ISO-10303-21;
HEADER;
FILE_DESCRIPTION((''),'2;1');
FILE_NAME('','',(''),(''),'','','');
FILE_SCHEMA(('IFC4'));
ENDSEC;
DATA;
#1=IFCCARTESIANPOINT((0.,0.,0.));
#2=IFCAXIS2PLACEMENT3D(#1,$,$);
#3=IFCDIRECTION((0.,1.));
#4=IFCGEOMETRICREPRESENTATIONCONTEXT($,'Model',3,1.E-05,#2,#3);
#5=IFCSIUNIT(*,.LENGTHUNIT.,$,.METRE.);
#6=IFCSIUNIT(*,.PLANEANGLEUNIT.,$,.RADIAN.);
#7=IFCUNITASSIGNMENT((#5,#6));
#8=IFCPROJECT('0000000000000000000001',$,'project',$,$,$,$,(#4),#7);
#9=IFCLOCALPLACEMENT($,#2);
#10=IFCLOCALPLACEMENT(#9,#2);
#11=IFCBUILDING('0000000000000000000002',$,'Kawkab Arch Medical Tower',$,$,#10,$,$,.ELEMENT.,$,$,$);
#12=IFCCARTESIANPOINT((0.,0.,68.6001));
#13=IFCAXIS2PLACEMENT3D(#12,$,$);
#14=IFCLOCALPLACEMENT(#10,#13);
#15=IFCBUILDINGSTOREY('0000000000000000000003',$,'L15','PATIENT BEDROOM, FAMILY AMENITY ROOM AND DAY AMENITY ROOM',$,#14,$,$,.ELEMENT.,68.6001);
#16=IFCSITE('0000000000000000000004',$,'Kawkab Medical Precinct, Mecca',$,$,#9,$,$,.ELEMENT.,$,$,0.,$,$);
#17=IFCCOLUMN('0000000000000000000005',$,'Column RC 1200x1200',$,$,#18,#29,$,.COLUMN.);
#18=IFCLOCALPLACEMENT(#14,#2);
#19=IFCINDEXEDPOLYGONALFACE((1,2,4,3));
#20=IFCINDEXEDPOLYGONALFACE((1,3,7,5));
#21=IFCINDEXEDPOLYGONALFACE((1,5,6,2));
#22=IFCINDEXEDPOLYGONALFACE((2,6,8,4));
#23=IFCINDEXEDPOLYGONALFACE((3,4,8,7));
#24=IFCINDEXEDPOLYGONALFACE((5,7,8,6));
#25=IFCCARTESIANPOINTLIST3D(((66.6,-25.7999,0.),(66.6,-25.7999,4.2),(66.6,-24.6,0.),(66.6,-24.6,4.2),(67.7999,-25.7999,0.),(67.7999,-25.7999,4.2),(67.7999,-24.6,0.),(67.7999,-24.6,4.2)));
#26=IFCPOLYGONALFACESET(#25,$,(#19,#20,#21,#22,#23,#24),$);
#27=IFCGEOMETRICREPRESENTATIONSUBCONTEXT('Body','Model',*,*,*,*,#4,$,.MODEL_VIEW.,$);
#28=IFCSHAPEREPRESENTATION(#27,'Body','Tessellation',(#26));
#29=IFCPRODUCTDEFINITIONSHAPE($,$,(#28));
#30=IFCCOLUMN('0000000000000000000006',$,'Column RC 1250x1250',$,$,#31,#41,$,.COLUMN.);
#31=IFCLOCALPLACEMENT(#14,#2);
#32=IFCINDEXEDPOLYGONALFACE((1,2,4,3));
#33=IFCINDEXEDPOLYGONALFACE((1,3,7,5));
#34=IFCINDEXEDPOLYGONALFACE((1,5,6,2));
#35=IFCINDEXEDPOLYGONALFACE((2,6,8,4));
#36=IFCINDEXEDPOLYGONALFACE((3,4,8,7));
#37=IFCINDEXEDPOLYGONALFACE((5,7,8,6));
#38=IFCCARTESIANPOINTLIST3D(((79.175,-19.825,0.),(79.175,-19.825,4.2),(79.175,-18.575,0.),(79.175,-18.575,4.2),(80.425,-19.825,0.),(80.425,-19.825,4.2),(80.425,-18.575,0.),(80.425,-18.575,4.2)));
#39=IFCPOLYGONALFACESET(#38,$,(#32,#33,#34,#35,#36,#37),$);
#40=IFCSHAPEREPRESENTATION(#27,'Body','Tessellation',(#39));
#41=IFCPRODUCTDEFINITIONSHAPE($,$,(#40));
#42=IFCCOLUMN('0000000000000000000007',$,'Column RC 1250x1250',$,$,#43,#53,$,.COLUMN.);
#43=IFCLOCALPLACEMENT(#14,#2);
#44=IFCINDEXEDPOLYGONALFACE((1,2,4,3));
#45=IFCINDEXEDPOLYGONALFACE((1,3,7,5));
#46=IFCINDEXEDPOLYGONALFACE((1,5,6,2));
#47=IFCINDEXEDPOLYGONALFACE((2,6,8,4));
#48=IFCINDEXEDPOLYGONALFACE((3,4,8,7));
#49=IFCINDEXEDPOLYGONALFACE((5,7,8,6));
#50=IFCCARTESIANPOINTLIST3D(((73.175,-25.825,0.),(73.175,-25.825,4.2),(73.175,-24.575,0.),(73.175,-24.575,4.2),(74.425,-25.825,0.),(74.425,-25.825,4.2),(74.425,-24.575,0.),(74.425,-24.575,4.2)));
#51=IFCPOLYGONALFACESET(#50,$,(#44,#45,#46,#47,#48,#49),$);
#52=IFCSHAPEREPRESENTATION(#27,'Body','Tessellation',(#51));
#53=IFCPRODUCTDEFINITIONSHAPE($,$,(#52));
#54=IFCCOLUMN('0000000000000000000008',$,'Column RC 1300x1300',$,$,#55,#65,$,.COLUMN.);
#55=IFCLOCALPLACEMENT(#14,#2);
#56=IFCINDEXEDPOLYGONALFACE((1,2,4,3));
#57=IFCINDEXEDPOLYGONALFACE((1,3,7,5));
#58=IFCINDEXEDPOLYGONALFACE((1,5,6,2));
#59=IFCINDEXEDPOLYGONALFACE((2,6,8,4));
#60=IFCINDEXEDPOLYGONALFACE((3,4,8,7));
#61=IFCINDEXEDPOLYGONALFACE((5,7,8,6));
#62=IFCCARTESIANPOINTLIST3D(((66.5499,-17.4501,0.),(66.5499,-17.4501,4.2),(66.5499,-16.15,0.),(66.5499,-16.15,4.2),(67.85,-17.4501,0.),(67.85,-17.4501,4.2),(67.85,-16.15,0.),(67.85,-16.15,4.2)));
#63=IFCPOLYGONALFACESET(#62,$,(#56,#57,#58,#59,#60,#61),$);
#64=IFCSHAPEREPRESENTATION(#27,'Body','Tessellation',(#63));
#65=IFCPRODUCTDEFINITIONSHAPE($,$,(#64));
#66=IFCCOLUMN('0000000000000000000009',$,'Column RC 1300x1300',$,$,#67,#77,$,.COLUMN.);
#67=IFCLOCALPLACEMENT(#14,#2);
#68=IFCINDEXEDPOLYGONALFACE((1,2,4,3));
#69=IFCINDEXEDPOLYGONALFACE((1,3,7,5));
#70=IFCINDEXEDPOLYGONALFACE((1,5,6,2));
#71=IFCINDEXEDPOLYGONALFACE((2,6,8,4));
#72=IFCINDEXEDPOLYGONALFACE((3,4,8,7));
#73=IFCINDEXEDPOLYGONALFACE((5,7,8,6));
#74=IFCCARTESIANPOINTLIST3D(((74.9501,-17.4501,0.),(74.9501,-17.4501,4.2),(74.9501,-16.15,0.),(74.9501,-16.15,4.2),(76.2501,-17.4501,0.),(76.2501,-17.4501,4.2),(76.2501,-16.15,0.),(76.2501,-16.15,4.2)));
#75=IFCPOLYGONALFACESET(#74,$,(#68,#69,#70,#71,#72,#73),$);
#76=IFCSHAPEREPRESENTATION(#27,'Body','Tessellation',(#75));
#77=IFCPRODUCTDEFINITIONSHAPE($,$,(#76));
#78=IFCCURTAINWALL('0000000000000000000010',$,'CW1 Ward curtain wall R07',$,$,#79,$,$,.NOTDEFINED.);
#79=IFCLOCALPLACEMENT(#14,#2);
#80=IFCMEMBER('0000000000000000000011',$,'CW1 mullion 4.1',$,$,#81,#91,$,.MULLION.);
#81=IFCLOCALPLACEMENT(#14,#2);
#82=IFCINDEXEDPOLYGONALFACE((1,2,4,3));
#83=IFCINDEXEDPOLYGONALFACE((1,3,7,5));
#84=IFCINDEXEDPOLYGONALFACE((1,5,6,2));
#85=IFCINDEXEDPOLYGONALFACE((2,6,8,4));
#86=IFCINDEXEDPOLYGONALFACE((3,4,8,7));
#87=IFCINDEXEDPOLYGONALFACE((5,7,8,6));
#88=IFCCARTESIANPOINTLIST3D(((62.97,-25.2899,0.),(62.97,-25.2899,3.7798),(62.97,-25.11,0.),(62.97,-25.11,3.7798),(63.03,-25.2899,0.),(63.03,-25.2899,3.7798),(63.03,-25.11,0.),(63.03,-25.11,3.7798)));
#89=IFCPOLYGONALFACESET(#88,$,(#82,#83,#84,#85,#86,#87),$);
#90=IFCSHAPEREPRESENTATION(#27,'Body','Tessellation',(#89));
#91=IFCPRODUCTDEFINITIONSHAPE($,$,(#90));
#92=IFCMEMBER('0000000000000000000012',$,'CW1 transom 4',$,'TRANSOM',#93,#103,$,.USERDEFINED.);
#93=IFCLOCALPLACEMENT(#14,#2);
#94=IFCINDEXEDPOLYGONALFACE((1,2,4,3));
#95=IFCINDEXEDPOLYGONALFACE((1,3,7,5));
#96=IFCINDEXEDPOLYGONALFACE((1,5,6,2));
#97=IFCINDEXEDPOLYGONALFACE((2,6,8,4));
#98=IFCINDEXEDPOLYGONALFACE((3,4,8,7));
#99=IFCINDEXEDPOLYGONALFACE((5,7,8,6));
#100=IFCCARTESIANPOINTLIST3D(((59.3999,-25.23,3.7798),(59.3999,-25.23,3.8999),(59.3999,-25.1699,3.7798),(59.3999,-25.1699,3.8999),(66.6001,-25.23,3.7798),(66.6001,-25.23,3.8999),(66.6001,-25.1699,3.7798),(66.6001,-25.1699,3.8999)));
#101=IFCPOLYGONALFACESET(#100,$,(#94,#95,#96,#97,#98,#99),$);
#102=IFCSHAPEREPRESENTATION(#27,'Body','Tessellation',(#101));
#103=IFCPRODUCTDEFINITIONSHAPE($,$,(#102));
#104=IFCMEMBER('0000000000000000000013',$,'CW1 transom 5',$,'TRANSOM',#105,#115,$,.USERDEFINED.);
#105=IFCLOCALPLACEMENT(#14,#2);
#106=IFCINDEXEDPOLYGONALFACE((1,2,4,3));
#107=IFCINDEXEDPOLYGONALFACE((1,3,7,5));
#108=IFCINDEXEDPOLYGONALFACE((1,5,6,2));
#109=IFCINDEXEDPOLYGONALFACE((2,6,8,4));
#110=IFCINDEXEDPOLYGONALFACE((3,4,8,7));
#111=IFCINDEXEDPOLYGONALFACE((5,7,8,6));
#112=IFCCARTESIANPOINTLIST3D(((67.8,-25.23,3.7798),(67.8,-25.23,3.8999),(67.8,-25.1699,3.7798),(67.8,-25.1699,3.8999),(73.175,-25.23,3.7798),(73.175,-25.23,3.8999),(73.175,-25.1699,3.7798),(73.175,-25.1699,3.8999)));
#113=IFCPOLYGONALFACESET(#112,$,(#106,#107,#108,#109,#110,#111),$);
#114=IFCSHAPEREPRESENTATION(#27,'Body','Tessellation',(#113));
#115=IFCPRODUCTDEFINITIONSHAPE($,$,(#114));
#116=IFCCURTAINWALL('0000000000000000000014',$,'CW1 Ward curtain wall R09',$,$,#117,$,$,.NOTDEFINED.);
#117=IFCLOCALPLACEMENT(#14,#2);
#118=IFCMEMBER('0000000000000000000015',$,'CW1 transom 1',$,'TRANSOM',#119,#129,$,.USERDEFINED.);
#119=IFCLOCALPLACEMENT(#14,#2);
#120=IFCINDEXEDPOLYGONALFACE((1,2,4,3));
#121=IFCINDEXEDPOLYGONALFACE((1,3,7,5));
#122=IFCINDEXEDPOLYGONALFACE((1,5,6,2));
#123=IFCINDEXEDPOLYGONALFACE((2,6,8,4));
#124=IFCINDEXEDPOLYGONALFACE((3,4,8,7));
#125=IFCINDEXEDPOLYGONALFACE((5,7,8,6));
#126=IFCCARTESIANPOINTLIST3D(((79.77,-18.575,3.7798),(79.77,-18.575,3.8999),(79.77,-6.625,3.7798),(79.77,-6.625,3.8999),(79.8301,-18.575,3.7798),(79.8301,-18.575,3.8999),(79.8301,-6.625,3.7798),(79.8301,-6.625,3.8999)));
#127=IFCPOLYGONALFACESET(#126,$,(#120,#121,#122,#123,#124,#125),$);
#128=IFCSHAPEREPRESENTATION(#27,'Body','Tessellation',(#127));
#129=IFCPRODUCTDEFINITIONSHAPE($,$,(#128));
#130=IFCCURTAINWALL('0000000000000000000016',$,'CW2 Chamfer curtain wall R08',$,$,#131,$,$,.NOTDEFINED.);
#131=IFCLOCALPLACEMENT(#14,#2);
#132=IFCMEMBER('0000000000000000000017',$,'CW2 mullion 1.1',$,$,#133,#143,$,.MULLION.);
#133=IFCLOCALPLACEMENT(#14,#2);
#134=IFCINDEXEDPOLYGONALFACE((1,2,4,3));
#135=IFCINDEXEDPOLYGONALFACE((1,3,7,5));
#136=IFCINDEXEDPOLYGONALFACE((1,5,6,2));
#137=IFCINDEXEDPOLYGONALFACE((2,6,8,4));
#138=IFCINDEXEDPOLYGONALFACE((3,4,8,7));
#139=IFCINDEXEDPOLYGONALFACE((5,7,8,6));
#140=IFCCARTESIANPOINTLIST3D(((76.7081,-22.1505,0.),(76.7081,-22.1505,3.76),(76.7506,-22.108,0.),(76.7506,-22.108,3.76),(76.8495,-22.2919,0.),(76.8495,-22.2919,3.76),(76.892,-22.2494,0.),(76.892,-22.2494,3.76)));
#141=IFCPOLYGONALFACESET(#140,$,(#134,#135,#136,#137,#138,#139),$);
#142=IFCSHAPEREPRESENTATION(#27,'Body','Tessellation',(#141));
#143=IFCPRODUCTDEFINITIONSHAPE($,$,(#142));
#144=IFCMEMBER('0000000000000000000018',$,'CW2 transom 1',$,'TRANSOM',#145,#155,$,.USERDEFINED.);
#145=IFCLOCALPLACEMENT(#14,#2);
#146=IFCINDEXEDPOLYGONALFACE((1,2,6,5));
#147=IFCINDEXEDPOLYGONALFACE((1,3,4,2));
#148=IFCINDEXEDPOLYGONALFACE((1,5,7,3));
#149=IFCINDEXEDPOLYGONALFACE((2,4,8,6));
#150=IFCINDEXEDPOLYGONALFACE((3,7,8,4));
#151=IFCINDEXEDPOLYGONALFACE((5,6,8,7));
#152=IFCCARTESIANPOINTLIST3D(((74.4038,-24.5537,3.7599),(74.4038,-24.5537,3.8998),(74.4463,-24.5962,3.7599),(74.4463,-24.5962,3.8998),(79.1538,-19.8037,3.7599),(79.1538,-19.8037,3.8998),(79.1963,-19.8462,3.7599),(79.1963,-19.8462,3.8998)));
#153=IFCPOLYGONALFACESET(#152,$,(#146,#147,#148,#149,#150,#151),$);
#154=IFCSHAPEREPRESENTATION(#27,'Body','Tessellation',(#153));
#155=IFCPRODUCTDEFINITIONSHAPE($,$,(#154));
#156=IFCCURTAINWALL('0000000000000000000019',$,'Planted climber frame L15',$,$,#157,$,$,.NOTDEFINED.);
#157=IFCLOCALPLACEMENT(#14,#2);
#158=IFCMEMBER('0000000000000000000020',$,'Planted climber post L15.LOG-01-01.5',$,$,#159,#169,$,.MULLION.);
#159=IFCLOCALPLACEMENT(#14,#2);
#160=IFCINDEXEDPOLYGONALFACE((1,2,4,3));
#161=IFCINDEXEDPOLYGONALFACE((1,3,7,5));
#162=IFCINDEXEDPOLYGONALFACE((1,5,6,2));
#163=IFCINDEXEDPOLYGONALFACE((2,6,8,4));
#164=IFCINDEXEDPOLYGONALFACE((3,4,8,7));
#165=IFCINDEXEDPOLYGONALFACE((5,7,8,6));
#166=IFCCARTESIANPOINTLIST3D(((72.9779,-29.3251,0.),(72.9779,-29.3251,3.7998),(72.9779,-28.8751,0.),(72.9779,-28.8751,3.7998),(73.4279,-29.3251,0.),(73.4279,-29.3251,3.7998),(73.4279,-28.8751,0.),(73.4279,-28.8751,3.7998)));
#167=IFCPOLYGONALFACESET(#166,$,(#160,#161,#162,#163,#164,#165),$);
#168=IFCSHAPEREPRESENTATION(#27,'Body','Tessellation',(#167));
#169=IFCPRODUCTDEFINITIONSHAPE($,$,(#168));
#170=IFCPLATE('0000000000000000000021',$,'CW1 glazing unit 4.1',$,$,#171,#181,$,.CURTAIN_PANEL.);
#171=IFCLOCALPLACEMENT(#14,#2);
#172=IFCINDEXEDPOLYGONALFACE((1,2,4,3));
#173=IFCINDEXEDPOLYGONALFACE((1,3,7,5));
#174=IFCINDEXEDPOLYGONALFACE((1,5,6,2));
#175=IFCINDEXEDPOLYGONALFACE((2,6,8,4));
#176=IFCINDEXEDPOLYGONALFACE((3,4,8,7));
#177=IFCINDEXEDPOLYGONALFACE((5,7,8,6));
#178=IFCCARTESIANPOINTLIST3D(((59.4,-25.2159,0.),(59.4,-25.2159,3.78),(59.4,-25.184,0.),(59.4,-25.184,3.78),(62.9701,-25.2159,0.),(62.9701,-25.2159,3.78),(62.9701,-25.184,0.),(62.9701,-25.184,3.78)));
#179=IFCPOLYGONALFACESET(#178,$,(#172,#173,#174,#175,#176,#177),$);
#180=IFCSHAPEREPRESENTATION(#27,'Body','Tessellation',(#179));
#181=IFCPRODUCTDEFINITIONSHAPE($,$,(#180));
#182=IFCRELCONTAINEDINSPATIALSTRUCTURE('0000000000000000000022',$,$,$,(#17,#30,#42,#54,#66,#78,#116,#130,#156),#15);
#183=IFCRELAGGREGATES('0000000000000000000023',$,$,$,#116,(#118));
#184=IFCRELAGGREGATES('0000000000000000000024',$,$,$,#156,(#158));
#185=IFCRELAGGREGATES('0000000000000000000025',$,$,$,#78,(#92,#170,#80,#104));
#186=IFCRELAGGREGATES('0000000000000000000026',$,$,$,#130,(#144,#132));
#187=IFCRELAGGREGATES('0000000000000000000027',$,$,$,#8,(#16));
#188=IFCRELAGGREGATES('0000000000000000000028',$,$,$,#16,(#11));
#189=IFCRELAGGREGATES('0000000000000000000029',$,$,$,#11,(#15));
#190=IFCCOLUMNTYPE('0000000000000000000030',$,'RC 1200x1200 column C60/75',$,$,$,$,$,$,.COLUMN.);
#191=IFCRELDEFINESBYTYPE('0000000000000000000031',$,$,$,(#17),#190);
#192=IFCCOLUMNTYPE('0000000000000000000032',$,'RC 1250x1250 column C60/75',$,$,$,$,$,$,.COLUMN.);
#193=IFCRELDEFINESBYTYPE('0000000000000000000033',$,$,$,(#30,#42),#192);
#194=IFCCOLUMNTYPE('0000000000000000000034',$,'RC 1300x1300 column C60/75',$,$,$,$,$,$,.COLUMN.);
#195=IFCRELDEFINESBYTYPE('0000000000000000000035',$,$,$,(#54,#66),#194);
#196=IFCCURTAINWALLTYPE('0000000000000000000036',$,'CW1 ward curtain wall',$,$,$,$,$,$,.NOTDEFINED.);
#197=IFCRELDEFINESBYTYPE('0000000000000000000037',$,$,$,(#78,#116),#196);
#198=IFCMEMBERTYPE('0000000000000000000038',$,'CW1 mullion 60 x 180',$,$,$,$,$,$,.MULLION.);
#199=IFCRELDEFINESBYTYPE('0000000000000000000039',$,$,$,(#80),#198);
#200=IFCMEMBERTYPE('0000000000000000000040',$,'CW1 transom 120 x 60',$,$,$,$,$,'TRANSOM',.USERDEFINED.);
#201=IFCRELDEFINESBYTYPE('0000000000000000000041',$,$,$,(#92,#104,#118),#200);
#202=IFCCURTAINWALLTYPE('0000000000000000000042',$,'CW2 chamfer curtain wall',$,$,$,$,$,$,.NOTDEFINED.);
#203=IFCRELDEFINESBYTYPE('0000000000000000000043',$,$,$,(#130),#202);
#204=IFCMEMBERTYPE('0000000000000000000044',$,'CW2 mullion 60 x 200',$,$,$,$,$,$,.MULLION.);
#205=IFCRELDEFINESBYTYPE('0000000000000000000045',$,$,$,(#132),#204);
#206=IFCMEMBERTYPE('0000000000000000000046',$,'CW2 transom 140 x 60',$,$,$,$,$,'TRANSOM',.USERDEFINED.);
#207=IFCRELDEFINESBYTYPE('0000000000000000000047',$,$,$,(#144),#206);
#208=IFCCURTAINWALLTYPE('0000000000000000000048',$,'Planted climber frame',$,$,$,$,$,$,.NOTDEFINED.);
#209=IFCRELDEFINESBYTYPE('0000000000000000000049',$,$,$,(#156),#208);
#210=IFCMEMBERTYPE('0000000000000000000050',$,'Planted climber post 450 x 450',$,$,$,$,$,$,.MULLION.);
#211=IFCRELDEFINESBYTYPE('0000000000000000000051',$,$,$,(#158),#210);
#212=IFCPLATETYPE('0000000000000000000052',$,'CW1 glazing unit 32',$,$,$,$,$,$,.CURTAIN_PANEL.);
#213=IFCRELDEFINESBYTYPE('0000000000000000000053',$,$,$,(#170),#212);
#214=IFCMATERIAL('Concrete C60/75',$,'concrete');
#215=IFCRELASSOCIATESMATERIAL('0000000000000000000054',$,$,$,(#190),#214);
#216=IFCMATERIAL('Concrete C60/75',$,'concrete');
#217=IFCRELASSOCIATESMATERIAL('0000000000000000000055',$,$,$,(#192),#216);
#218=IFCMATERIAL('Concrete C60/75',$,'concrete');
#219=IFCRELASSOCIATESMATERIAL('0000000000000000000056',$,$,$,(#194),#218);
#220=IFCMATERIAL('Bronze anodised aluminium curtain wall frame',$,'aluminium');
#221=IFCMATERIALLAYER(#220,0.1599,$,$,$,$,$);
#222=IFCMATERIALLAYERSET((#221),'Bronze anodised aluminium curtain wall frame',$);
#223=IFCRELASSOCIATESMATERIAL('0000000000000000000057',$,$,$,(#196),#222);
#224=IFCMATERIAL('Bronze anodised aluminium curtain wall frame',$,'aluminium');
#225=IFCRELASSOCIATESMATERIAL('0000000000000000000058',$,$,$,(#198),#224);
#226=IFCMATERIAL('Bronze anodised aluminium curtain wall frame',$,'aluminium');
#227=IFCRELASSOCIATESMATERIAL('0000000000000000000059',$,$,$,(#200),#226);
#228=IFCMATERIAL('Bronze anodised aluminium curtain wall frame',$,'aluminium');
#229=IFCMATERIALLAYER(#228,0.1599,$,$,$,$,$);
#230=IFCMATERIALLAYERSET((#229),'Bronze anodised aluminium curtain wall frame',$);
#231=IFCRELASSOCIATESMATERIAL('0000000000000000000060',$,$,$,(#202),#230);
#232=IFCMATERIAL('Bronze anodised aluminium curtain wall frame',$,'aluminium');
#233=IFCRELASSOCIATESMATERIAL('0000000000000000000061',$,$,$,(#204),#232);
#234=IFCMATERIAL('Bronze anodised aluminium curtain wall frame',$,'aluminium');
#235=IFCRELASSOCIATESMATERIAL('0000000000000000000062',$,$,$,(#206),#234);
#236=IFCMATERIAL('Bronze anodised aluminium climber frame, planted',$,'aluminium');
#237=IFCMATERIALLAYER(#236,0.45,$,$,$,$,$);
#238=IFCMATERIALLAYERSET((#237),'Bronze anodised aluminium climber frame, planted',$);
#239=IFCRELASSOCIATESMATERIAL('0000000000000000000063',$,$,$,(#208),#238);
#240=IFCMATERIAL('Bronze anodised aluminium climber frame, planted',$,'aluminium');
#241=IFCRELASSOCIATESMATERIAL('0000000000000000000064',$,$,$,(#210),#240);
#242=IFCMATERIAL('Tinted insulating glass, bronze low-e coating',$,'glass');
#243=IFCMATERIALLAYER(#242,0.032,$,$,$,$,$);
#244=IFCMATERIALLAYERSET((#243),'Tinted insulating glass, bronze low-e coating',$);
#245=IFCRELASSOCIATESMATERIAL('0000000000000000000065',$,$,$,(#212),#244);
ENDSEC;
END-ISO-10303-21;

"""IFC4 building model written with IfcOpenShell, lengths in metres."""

from ifc_helpers import new_model, si_unit, direction, frame, origin, origin_2d, place, context, subcontext, project, spatial, rectangle, extrude, material, layer, layer_set, material_profile, profile_set, type_object, element, aggregate, save


model = new_model("IFC4")

# Units and contexts
model_context = context("Model", 3, precision=1e-05, world=origin(), true_north=direction((0.0, 1.0)))
body_context = subcontext(model_context, "Body", "Model", "MODEL_VIEW")
ifc_project = project(units=[si_unit("LENGTHUNIT", "METRE"), si_unit("PLANEANGLEUNIT", "RADIAN")], contexts=[model_context])

# Site, building, storey
site_placement = place(None, origin())
site = spatial("IfcSite", under=ifc_project, at=site_placement, Name="Kawkab Medical Precinct, Mecca", CompositionType="ELEMENT", RefElevation=0.0)
building_placement = place(site_placement, origin())
building = spatial("IfcBuilding", under=site, at=building_placement, Name="Kawkab Arch Medical Tower", CompositionType="ELEMENT")
storey_placement = place(building_placement, frame((0.0, 0.0, 68.6001)))
storey = spatial("IfcBuildingStorey", under=building, at=storey_placement, Name="L15", Description="PATIENT BEDROOM, FAMILY AMENITY ROOM AND DAY AMENITY ROOM", CompositionType="ELEMENT", Elevation=68.6001)

# Columns
ifc_material_1 = material(Name="Concrete C60/75", Category="concrete")
ifc_material_profile_1 = material_profile(ifc_material_1, rectangle(XDim=1.2, YDim=1.2, at=origin_2d()), Name="RC 1200x1200")
ifc_profile_set_1 = profile_set([ifc_material_profile_1], Name="Concrete C60/75")
column_type_1 = type_object("IfcColumnType", Name="RC 1200x1200 column C60/75", PredefinedType="COLUMN", material=ifc_profile_set_1)
column_placement = place(storey_placement, frame((67.2, -25.2, 0.0), z_axis=(0.0, 0.0, 1.0), x_axis=(1.0, 0.0, 0.0)))
element("IfcColumn", 1, at=column_placement, inside=storey, type_object=column_type_1, Name="Column RC 1200x1200", PredefinedType="COLUMN", context=body_context, shape_type="SweptSolid", body=[
    extrude(rectangle(XDim=1.2, YDim=1.2, at=origin_2d()), origin(), (0.0, 0.0, 1.0), 4.2),
])
ifc_material_2 = material(Name="Concrete C60/75", Category="concrete")
ifc_material_profile_2 = material_profile(ifc_material_2, rectangle(XDim=1.25, YDim=1.25, at=origin_2d()), Name="RC 1250x1250")
ifc_profile_set_2 = profile_set([ifc_material_profile_2], Name="Concrete C60/75")
column_type_2 = type_object("IfcColumnType", Name="RC 1250x1250 column C60/75", PredefinedType="COLUMN", material=ifc_profile_set_2)
for number, where, z_axis, x_axis, name in (
    (2, (79.8, -19.2, 0.0), (0.0, 0.0, 1.0), (1.0, 0.0, 0.0), "Column RC 1250x1250"),
    (3, (73.8, -25.2, 0.0), (0.0, 0.0, 1.0), (1.0, 0.0, 0.0), "Column RC 1250x1250"),
):
    element("IfcColumn", number, at=place(storey_placement, frame(where, z_axis=z_axis, x_axis=x_axis)), inside=storey, type_object=column_type_2, Name=name, PredefinedType="COLUMN", context=body_context, shape_type="SweptSolid", body=[
        extrude(rectangle(XDim=1.25, YDim=1.25, at=origin_2d()), origin(), (0.0, 0.0, 1.0), 4.2),
    ])
ifc_material_3 = material(Name="Concrete C60/75", Category="concrete")
ifc_material_profile_3 = material_profile(ifc_material_3, rectangle(XDim=1.3, YDim=1.3, at=origin_2d()), Name="RC 1300x1300")
ifc_profile_set_3 = profile_set([ifc_material_profile_3], Name="Concrete C60/75")
column_type_3 = type_object("IfcColumnType", Name="RC 1300x1300 column C60/75", PredefinedType="COLUMN", material=ifc_profile_set_3)
for number, where, z_axis, x_axis, name in (
    (4, (67.2, -16.8, 0.0), (0.0, 0.0, 1.0), (1.0, 0.0, 0.0), "Column RC 1300x1300"),
    (5, (75.6001, -16.8, 0.0), (0.0, 0.0, 1.0), (1.0, 0.0, 0.0), "Column RC 1300x1300"),
):
    element("IfcColumn", number, at=place(storey_placement, frame(where, z_axis=z_axis, x_axis=x_axis)), inside=storey, type_object=column_type_3, Name=name, PredefinedType="COLUMN", context=body_context, shape_type="SweptSolid", body=[
        extrude(rectangle(XDim=1.3, YDim=1.3, at=origin_2d()), origin(), (0.0, 0.0, 1.0), 4.2),
    ])

# Curtain wall, members
ifc_material_4 = material(Name="Bronze anodised aluminium curtain wall frame", Category="aluminium")
ifc_layer_1 = layer(ifc_material_4, 0.1599)
ifc_layer_set_1 = layer_set([ifc_layer_1], Name="Bronze anodised aluminium curtain wall frame")
curtain_wall_type_1 = type_object("IfcCurtainWallType", Name="CW1 ward curtain wall", PredefinedType="NOTDEFINED", material=ifc_layer_set_1)
placement = place(storey_placement, origin())
curtain_wall_1 = element("IfcCurtainWall", 6, at=placement, inside=storey, type_object=curtain_wall_type_1, Name="CW1 Ward curtain wall R07", PredefinedType="NOTDEFINED")
ifc_material_5 = material(Name="Bronze anodised aluminium curtain wall frame", Category="aluminium")
ifc_material_profile_4 = material_profile(ifc_material_5, rectangle(XDim=0.1799, YDim=0.0601, at=origin_2d()), Name="AL 60x180")
ifc_profile_set_4 = profile_set([ifc_material_profile_4], Name="Bronze anodised aluminium curtain wall frame")
member_type_1 = type_object("IfcMemberType", Name="CW1 mullion 60 x 180", PredefinedType="MULLION", material=ifc_profile_set_4)
member_1_placement = place(storey_placement, frame((63.0, -25.2, 0.0), z_axis=(0.0, 0.0, 1.0), x_axis=(0.0, 1.0, 0.0)))
member_1 = element("IfcMember", 7, at=member_1_placement, type_object=member_type_1, Name="CW1 mullion 4.1", PredefinedType="MULLION", context=body_context, shape_type="SweptSolid", body=[
    extrude(rectangle(XDim=0.1799, YDim=0.0601, at=origin_2d()), origin(), (0.0, 0.0, 1.0), 3.7798),
])
ifc_material_6 = material(Name="Bronze anodised aluminium curtain wall frame", Category="aluminium")
ifc_material_profile_5 = material_profile(ifc_material_6, rectangle(XDim=0.0601, YDim=0.1201, at=origin_2d()), Name="AL 60x120")
ifc_profile_set_5 = profile_set([ifc_material_profile_5], Name="Bronze anodised aluminium curtain wall frame")
member_type_2 = type_object("IfcMemberType", Name="CW1 transom 120 x 60", ElementType="TRANSOM", PredefinedType="USERDEFINED", material=ifc_profile_set_5)
member_2_placement = place(storey_placement, frame((59.3999, -25.2, 3.8398), z_axis=(1.0, 0.0, 0.0), x_axis=(0.0, 1.0, 0.0)))
member_2 = element("IfcMember", 8, at=member_2_placement, type_object=member_type_2, Name="CW1 transom 4", ObjectType="TRANSOM", PredefinedType="USERDEFINED", context=body_context, shape_type="SweptSolid", body=[
    extrude(rectangle(XDim=0.0601, YDim=0.1201, at=origin_2d()), origin(), (0.0, 0.0, 1.0), 7.2002),
])
member_3_placement = place(storey_placement, frame((67.8, -25.2, 3.8398), z_axis=(1.0, 0.0, 0.0), x_axis=(0.0, 1.0, 0.0)))
member_3 = element("IfcMember", 9, at=member_3_placement, type_object=member_type_2, Name="CW1 transom 5", ObjectType="TRANSOM", PredefinedType="USERDEFINED", context=body_context, shape_type="SweptSolid", body=[
    extrude(rectangle(XDim=0.0601, YDim=0.1201, at=origin_2d()), origin(), (0.0, 0.0, 1.0), 5.375),
])

# Curtain wall, member
curtain_wall_2 = element("IfcCurtainWall", 10, at=placement, inside=storey, type_object=curtain_wall_type_1, Name="CW1 Ward curtain wall R09", PredefinedType="NOTDEFINED")
member_4_placement = place(storey_placement, frame((79.8, -18.575, 3.8398), z_axis=(0.0, 1.0, 0.0), x_axis=(-1.0, 0.0, 0.0)))
member_4 = element("IfcMember", 11, at=member_4_placement, type_object=member_type_2, Name="CW1 transom 1", ObjectType="TRANSOM", PredefinedType="USERDEFINED", context=body_context, shape_type="SweptSolid", body=[
    extrude(rectangle(XDim=0.0601, YDim=0.1201, at=origin_2d()), origin(), (0.0, 0.0, 1.0), 11.95),
])
aggregate(curtain_wall_2, [member_4])

# Curtain wall, members
ifc_material_7 = material(Name="Bronze anodised aluminium curtain wall frame", Category="aluminium")
ifc_layer_2 = layer(ifc_material_7, 0.1599)
ifc_layer_set_2 = layer_set([ifc_layer_2], Name="Bronze anodised aluminium curtain wall frame")
curtain_wall_type_2 = type_object("IfcCurtainWallType", Name="CW2 chamfer curtain wall", PredefinedType="NOTDEFINED", material=ifc_layer_set_2)
curtain_wall_3 = element("IfcCurtainWall", 12, at=placement, inside=storey, type_object=curtain_wall_type_2, Name="CW2 Chamfer curtain wall R08", PredefinedType="NOTDEFINED")
ifc_material_8 = material(Name="Bronze anodised aluminium curtain wall frame", Category="aluminium")
ifc_material_profile_6 = material_profile(ifc_material_8, rectangle(XDim=0.2, YDim=0.0601, at=origin_2d()), Name="AL 60x200")
ifc_profile_set_6 = profile_set([ifc_material_profile_6], Name="Bronze anodised aluminium curtain wall frame")
member_type_3 = type_object("IfcMemberType", Name="CW2 mullion 60 x 200", PredefinedType="MULLION", material=ifc_profile_set_6)
member_5_placement = place(storey_placement, frame((76.8, -22.2, 0.0), z_axis=(0.0, 0.0, 1.0), x_axis=(-0.707107, 0.707107, 0.0)))
member_5 = element("IfcMember", 13, at=member_5_placement, type_object=member_type_3, Name="CW2 mullion 1.1", PredefinedType="MULLION", context=body_context, shape_type="SweptSolid", body=[
    extrude(rectangle(XDim=0.2, YDim=0.0601, at=origin_2d()), origin(), (0.0, 0.0, 1.0), 3.76),
])
ifc_material_9 = material(Name="Bronze anodised aluminium curtain wall frame", Category="aluminium")
ifc_material_profile_7 = material_profile(ifc_material_9, rectangle(XDim=0.0601, YDim=0.1399, at=origin_2d()), Name="AL 60x140")
ifc_profile_set_7 = profile_set([ifc_material_profile_7], Name="Bronze anodised aluminium curtain wall frame")
member_type_4 = type_object("IfcMemberType", Name="CW2 transom 140 x 60", ElementType="TRANSOM", PredefinedType="USERDEFINED", material=ifc_profile_set_7)
member_6_placement = place(storey_placement, frame((74.425, -24.575, 3.8298), z_axis=(0.707107, 0.707107, 0.0), x_axis=(-0.707107, 0.707107, 0.0)))
member_6 = element("IfcMember", 14, at=member_6_placement, type_object=member_type_4, Name="CW2 transom 1", ObjectType="TRANSOM", PredefinedType="USERDEFINED", context=body_context, shape_type="SweptSolid", body=[
    extrude(rectangle(XDim=0.0601, YDim=0.1399, at=origin_2d()), origin(), (0.0, 0.0, 1.0), 6.7175),
])

# Curtain wall, member
ifc_material_10 = material(Name="Bronze anodised aluminium climber frame, planted", Category="aluminium")
ifc_layer_3 = layer(ifc_material_10, 0.45)
ifc_layer_set_3 = layer_set([ifc_layer_3], Name="Bronze anodised aluminium climber frame, planted")
curtain_wall_type_3 = type_object("IfcCurtainWallType", Name="Planted climber frame", PredefinedType="NOTDEFINED", material=ifc_layer_set_3)
curtain_wall_4 = element("IfcCurtainWall", 15, at=placement, inside=storey, type_object=curtain_wall_type_3, Name="Planted climber frame L15", PredefinedType="NOTDEFINED")
ifc_material_11 = material(Name="Bronze anodised aluminium climber frame, planted", Category="aluminium")
ifc_material_profile_8 = material_profile(ifc_material_11, rectangle(XDim=0.45, YDim=0.45, at=origin_2d()), Name="Post 450x450")
ifc_profile_set_8 = profile_set([ifc_material_profile_8], Name="Bronze anodised aluminium climber frame, planted")
member_type_5 = type_object("IfcMemberType", Name="Planted climber post 450 x 450", PredefinedType="MULLION", material=ifc_profile_set_8)
member_7_placement = place(storey_placement, frame((73.2029, -29.1001, 0.0), z_axis=(0.0, 0.0, 1.0), x_axis=(1.0, 0.0, 0.0)))
member_7 = element("IfcMember", 16, at=member_7_placement, type_object=member_type_5, Name="Planted climber post L15.LOG-01-01.5", PredefinedType="MULLION", context=body_context, shape_type="SweptSolid", body=[
    extrude(rectangle(XDim=0.45, YDim=0.45, at=origin_2d()), origin(), (0.0, 0.0, 1.0), 3.7998),
])
aggregate(curtain_wall_4, [member_7])

# Plate
ifc_material_12 = material(Name="Tinted insulating glass, bronze low-e coating", Category="glass")
ifc_layer_4 = layer(ifc_material_12, 0.032)
ifc_layer_set_4 = layer_set([ifc_layer_4], Name="Tinted insulating glass, bronze low-e coating")
plate_type_1 = type_object("IfcPlateType", Name="CW1 glazing unit 32", PredefinedType="CURTAIN_PANEL", material=ifc_layer_set_4)
plate_1_placement = place(storey_placement, frame((61.1851, -25.2, 0.0), z_axis=(0.0, 0.0, 1.0), x_axis=(1.0, 0.0, 0.0)))
plate_1 = element("IfcPlate", 17, at=plate_1_placement, type_object=plate_type_1, Name="CW1 glazing unit 4.1", PredefinedType="CURTAIN_PANEL", context=body_context, shape_type="SweptSolid", body=[
    extrude(rectangle(XDim=3.5701, YDim=0.032, at=origin_2d()), origin(), (0.0, 0.0, 1.0), 3.78),
])
aggregate(curtain_wall_1, [member_2, plate_1, member_1, member_3])
aggregate(curtain_wall_3, [member_6, member_5])

save(model, "model.ifc")
